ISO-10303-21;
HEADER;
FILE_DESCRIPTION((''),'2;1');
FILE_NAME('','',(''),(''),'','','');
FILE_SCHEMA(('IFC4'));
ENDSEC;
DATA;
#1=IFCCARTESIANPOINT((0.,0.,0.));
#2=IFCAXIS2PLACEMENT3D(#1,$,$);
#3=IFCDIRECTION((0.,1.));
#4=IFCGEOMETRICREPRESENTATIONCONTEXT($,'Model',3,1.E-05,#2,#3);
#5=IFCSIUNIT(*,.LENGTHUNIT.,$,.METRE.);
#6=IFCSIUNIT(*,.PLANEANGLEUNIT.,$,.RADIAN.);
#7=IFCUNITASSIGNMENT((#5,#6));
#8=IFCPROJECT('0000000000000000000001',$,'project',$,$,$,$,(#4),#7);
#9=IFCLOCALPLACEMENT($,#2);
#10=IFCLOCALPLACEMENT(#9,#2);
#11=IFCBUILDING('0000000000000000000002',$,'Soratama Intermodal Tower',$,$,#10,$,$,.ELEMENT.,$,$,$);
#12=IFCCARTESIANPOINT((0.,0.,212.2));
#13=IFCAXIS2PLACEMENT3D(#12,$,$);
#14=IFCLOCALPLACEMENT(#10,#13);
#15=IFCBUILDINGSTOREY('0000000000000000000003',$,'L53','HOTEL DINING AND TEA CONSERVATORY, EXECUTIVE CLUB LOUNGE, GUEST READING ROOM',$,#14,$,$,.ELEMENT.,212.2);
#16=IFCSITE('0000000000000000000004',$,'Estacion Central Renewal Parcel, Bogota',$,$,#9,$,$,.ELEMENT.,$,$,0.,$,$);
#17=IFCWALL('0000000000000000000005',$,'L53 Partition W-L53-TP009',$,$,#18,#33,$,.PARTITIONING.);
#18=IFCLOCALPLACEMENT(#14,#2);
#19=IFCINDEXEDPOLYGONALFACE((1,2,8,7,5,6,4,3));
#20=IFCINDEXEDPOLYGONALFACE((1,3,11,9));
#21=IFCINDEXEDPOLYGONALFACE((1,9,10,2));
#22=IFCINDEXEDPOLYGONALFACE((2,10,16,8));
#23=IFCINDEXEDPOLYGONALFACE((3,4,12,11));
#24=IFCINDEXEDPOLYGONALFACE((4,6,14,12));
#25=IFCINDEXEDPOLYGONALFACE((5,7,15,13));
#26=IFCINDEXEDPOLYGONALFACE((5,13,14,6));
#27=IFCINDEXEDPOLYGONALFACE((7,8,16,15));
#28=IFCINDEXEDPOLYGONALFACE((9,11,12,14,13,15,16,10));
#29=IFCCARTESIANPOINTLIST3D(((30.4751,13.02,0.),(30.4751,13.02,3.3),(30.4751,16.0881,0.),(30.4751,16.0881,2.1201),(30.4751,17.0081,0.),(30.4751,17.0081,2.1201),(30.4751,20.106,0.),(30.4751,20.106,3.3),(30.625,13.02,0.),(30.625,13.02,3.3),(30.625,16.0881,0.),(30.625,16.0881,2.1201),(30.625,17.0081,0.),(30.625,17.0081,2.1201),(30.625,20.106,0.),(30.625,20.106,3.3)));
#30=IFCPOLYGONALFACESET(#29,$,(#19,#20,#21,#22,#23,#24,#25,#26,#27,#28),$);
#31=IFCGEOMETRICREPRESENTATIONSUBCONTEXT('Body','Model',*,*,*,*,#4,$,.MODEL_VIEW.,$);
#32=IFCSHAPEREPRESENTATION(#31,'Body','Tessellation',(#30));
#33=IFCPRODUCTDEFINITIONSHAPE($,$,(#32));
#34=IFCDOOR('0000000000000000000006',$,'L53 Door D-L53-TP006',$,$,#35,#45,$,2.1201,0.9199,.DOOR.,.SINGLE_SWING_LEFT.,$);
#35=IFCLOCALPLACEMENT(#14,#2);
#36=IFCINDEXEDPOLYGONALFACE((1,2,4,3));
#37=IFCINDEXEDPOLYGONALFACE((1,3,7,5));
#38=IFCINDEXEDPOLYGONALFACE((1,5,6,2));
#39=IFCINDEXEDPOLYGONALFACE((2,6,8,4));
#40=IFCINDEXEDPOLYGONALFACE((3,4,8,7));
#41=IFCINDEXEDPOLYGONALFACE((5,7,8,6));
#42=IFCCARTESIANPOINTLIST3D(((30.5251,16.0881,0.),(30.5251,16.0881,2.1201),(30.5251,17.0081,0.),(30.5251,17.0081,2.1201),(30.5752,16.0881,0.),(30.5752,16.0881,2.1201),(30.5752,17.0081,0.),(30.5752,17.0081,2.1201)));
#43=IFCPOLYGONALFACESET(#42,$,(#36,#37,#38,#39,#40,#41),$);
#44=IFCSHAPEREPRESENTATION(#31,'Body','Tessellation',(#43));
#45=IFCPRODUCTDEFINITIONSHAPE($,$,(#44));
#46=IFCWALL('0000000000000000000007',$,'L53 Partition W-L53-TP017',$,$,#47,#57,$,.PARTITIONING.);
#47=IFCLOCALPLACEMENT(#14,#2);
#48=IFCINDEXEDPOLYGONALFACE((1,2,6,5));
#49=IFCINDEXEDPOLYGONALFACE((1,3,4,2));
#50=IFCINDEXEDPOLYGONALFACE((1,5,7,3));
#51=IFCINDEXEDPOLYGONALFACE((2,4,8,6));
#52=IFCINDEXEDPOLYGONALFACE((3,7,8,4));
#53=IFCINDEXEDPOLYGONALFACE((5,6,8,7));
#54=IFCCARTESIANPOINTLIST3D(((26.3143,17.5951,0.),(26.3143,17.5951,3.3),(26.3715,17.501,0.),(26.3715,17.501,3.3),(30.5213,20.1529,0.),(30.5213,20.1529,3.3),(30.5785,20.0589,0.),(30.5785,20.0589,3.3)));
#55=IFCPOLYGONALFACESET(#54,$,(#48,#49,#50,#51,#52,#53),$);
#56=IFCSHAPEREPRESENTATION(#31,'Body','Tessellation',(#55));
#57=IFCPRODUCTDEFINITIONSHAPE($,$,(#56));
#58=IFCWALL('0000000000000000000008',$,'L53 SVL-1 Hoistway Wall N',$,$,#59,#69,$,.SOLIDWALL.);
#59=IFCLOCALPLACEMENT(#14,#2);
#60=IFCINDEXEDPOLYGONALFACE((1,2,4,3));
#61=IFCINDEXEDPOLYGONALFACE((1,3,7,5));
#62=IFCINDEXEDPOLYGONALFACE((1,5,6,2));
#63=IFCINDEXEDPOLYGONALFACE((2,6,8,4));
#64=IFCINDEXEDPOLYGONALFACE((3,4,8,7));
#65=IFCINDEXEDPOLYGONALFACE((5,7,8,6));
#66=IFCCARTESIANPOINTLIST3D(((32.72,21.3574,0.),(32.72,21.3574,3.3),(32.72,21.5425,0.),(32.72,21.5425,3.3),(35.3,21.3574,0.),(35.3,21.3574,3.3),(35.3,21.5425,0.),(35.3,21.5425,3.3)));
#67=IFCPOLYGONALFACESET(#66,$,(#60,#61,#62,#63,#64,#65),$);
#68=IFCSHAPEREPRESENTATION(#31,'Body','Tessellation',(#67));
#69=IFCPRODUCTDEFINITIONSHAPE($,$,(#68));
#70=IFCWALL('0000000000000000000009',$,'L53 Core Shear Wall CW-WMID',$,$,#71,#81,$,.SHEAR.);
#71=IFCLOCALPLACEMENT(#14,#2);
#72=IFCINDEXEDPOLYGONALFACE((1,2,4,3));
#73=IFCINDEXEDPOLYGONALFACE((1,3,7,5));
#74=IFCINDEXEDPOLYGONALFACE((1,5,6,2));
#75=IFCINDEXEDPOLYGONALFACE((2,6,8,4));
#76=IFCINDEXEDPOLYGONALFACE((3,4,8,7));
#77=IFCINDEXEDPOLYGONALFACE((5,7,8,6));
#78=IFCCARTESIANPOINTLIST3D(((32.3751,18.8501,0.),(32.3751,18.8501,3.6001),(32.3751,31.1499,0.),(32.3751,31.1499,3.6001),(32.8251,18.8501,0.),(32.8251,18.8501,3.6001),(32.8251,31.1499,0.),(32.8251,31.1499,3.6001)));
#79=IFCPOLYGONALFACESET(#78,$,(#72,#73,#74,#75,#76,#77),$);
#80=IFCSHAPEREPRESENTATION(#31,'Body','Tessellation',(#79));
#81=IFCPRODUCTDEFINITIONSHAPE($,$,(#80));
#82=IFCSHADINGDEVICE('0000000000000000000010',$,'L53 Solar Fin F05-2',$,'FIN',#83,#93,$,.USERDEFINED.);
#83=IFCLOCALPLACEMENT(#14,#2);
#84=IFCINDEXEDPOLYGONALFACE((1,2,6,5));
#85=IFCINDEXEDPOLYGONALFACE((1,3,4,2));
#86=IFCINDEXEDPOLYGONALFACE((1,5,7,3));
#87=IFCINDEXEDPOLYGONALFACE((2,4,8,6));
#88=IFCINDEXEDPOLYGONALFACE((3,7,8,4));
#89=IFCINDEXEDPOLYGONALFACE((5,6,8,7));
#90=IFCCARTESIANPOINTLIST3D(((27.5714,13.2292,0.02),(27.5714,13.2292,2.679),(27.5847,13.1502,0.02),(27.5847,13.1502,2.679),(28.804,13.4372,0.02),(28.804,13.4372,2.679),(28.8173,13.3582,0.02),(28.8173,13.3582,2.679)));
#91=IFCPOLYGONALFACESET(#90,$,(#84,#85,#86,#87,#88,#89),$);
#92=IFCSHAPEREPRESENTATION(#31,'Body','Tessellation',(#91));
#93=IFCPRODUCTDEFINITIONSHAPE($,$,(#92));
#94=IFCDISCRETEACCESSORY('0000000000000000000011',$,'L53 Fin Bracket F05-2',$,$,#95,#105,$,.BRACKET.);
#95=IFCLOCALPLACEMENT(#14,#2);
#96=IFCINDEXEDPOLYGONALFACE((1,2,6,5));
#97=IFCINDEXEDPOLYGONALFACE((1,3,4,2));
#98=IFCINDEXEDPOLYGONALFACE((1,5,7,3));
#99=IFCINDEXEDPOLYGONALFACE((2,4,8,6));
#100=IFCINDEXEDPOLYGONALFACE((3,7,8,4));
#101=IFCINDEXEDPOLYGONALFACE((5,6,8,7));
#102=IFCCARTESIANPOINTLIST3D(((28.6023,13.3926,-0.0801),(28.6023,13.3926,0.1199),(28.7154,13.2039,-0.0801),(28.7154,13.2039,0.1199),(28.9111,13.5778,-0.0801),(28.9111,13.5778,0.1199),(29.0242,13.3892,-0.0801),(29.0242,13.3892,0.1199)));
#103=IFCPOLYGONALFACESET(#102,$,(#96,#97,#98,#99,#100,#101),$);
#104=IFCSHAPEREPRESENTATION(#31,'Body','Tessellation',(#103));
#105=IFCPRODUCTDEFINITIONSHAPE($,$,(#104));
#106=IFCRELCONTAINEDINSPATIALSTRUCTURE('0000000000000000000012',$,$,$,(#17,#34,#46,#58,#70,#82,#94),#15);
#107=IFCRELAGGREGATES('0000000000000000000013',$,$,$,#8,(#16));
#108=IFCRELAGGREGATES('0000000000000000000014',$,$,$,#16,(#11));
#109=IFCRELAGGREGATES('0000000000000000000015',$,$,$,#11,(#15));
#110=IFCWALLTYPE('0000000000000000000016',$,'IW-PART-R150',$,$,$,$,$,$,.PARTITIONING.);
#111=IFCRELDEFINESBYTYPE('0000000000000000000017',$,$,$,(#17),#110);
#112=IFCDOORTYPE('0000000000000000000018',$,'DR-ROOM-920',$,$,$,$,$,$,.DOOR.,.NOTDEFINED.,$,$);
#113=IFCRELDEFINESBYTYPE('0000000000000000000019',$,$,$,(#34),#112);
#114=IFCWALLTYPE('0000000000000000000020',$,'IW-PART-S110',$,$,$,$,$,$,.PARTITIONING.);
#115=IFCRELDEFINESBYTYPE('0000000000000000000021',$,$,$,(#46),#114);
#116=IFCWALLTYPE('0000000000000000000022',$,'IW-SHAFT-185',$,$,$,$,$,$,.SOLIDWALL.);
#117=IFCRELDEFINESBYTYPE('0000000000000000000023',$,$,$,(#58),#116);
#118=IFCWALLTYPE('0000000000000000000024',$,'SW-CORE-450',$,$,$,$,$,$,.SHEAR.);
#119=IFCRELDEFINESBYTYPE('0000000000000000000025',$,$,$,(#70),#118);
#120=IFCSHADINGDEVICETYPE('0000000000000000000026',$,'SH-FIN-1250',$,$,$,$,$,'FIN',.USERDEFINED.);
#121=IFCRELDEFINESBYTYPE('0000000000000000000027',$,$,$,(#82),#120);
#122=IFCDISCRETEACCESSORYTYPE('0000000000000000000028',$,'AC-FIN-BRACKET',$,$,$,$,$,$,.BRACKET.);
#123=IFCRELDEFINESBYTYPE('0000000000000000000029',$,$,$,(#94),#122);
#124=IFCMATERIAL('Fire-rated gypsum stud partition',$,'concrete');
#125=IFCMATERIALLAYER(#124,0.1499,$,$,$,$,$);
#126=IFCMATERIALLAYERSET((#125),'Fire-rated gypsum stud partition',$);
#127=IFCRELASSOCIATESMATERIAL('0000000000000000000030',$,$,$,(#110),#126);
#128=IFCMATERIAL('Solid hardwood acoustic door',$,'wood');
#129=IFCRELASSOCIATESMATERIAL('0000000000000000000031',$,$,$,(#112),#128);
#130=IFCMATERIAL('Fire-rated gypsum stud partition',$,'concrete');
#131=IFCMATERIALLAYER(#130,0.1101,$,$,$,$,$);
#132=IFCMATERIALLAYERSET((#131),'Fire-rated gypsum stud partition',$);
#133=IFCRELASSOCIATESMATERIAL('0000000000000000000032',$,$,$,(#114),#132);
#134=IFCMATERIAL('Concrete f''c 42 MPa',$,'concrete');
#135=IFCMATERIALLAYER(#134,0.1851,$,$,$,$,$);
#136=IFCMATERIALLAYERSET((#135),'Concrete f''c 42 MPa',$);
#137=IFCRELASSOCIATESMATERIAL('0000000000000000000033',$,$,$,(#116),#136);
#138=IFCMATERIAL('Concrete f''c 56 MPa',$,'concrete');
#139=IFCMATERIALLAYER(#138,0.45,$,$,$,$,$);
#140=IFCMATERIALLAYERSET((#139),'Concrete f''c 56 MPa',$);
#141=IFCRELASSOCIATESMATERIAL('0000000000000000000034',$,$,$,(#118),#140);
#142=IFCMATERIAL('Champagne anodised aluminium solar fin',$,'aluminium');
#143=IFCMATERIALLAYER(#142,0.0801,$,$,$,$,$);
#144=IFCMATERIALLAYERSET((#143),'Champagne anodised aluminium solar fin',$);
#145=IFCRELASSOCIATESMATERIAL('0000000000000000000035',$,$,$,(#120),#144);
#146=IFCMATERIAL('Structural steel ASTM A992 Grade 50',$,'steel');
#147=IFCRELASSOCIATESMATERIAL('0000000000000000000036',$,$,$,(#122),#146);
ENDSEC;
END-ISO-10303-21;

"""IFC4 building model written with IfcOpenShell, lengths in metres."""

from ifc_helpers import new_model, si_unit, direction, frame, frame_2d, origin, origin_2d, place, context, subcontext, project, spatial, rectangle, extrude, material, layer, layer_set, type_object, element, fill, save


model = new_model("IFC4")

# Units and contexts
model_context = context("Model", 3, precision=1e-05, world=origin(), true_north=direction((0.0, 1.0)))
body_context = subcontext(model_context, "Body", "Model", "MODEL_VIEW")
ifc_project = project(units=[si_unit("LENGTHUNIT", "METRE"), si_unit("PLANEANGLEUNIT", "RADIAN")], contexts=[model_context])

# Site, building, storey
site_placement = place(None, origin())
site = spatial("IfcSite", under=ifc_project, at=site_placement, Name="Estacion Central Renewal Parcel, Bogota", CompositionType="ELEMENT", RefElevation=0.0)
building_placement = place(site_placement, origin())
building = spatial("IfcBuilding", under=site, at=building_placement, Name="Soratama Intermodal Tower", CompositionType="ELEMENT")
storey_placement = place(building_placement, frame((0.0, 0.0, 212.2)))
storey = spatial("IfcBuildingStorey", under=building, at=storey_placement, Name="L53", Description="HOTEL DINING AND TEA CONSERVATORY, EXECUTIVE CLUB LOUNGE, GUEST READING ROOM", CompositionType="ELEMENT", Elevation=212.2)

# Wall, opening, door
ifc_material_1 = material(Name="Fire-rated gypsum stud partition", Category="concrete")
ifc_layer_1 = layer(ifc_material_1, 0.1499)
ifc_layer_set_1 = layer_set([ifc_layer_1], Name="Fire-rated gypsum stud partition")
wall_type_1 = type_object("IfcWallType", Name="IW-PART-R150", PredefinedType="PARTITIONING", material=ifc_layer_set_1)
ifc_material_2 = material(Name="Solid hardwood acoustic door", Category="wood")
door_type = type_object("IfcDoorType", Name="DR-ROOM-920", OperationType="NOTDEFINED", PredefinedType="DOOR", material=ifc_material_2)
wall_1_placement = place(storey_placement, frame((30.55, 13.02, 0.0), z_axis=(0.0, 0.0, 1.0), x_axis=(0.0, 1.0, 0.0)))
wall_1 = element("IfcWall", 1, at=wall_1_placement, inside=storey, type_object=wall_type_1, Name="L53 Partition W-L53-TP009", PredefinedType="PARTITIONING", context=body_context, shape_type="SweptSolid", body=[
    extrude(rectangle(XDim=7.0859, YDim=0.1499, at=frame_2d((3.543, 0.0))), origin(), (0.0, 0.0, 1.0), 3.3),
])
opening_1_placement = place(wall_1_placement, frame((3.0681, 0.0, 0.0)))
opening_1 = element("IfcOpeningElement", 2, at=opening_1_placement, cuts=wall_1, PredefinedType="OPENING", context=body_context, shape_type="SweptSolid", body=[
    extrude(rectangle(XDim=0.9199, YDim=2.1201, at=frame_2d((0.46, 1.0601))), frame((0.0, 0.085, 0.0), z_axis=(0.0, -1.0, 0.0), x_axis=(1.0, 0.0, 0.0)), (0.0, 0.0, 1.0), 0.1699),
])
door_1_placement = place(opening_1_placement, origin())
door_1 = element("IfcDoor", 3, at=door_1_placement, inside=storey, type_object=door_type, Name="L53 Door D-L53-TP006", OperationType="SINGLE_SWING_LEFT", OverallHeight=2.1201, OverallWidth=0.9199, PredefinedType="DOOR", context=body_context, shape_type="SweptSolid", body=[
    extrude(rectangle(XDim=0.9199, YDim=2.1201, at=frame_2d((0.46, 1.0601))), frame((0.0, 0.0249, 0.0), z_axis=(0.0, -1.0, 0.0), x_axis=(1.0, 0.0, 0.0)), (0.0, 0.0, 1.0), 0.05),
])
fill(opening_1, door_1)

# Walls
ifc_material_3 = material(Name="Fire-rated gypsum stud partition", Category="concrete")
ifc_layer_2 = layer(ifc_material_3, 0.1101)
ifc_layer_set_2 = layer_set([ifc_layer_2], Name="Fire-rated gypsum stud partition")
wall_type_2 = type_object("IfcWallType", Name="IW-PART-S110", PredefinedType="PARTITIONING", material=ifc_layer_set_2)
wall_2_placement = place(storey_placement, frame((30.55, 20.106, 0.0), z_axis=(0.0, 0.0, 1.0), x_axis=(-0.854464, -0.519511, 0.0)))
element("IfcWall", 4, at=wall_2_placement, inside=storey, type_object=wall_type_2, Name="L53 Partition W-L53-TP017", PredefinedType="PARTITIONING", context=body_context, shape_type="SweptSolid", body=[
    extrude(rectangle(XDim=4.9236, YDim=0.1101, at=frame_2d((2.4619, 0.0))), origin(), (0.0, 0.0, 1.0), 3.3),
])
ifc_material_4 = material(Name="Concrete f'c 42 MPa", Category="concrete")
ifc_layer_3 = layer(ifc_material_4, 0.1851)
ifc_layer_set_3 = layer_set([ifc_layer_3], Name="Concrete f'c 42 MPa")
wall_type_3 = type_object("IfcWallType", Name="IW-SHAFT-185", PredefinedType="SOLIDWALL", material=ifc_layer_set_3)
wall_3_placement = place(storey_placement, frame((32.72, 21.45, 0.0), z_axis=(0.0, 0.0, 1.0), x_axis=(1.0, 0.0, 0.0)))
element("IfcWall", 5, at=wall_3_placement, inside=storey, type_object=wall_type_3, Name="L53 SVL-1 Hoistway Wall N", PredefinedType="SOLIDWALL", context=body_context, shape_type="SweptSolid", body=[
    extrude(rectangle(XDim=2.5801, YDim=0.1851, at=frame_2d((1.29, 0.0))), origin(), (0.0, 0.0, 1.0), 3.3),
])
ifc_material_5 = material(Name="Concrete f'c 56 MPa", Category="concrete")
ifc_layer_4 = layer(ifc_material_5, 0.45)
ifc_layer_set_4 = layer_set([ifc_layer_4], Name="Concrete f'c 56 MPa")
wall_type_4 = type_object("IfcWallType", Name="SW-CORE-450", PredefinedType="SHEAR", material=ifc_layer_set_4)
wall_4_placement = place(storey_placement, frame((32.6001, 18.8501, 0.0), z_axis=(0.0, 0.0, 1.0), x_axis=(0.0, 1.0, 0.0)))
element("IfcWall", 6, at=wall_4_placement, inside=storey, type_object=wall_type_4, Name="L53 Core Shear Wall CW-WMID", PredefinedType="SHEAR", context=body_context, shape_type="SweptSolid", body=[
    extrude(rectangle(XDim=12.2998, YDim=0.45, at=frame_2d((6.1499, 0.0))), origin(), (0.0, 0.0, 1.0), 3.6001),
])

# Shading device
ifc_material_6 = material(Name="Champagne anodised aluminium solar fin", Category="aluminium")
ifc_layer_5 = layer(ifc_material_6, 0.0801)
ifc_layer_set_5 = layer_set([ifc_layer_5], Name="Champagne anodised aluminium solar fin")
shading_device_type = type_object("IfcShadingDeviceType", Name="SH-FIN-1250", ElementType="FIN", PredefinedType="USERDEFINED", material=ifc_layer_set_5)
shading_device_placement = place(storey_placement, frame((28.1943, 13.2937, 0.02), z_axis=(0.0, 0.0, 1.0), x_axis=(-0.986054, -0.166425, 0.0)))
element("IfcShadingDevice", 7, at=shading_device_placement, inside=storey, type_object=shading_device_type, Name="L53 Solar Fin F05-2", ObjectType="FIN", PredefinedType="USERDEFINED", context=body_context, shape_type="SweptSolid", body=[
    extrude(rectangle(XDim=1.25, YDim=0.0801, at=origin_2d()), origin(), (0.0, 0.0, 1.0), 2.6589),
])

# Discrete accessory
ifc_material_7 = material(Name="Structural steel ASTM A992 Grade 50", Category="steel")
discrete_accessory_type = type_object("IfcDiscreteAccessoryType", Name="AC-FIN-BRACKET", PredefinedType="BRACKET", material=ifc_material_7)
discrete_accessory_placement = place(storey_placement, frame((28.8132, 13.3909, -0.0801), z_axis=(0.0, 0.0, 1.0), x_axis=(-0.857527, -0.51444, 0.0)))
element("IfcDiscreteAccessory", 8, at=discrete_accessory_placement, inside=storey, type_object=discrete_accessory_type, Name="L53 Fin Bracket F05-2", PredefinedType="BRACKET", context=body_context, shape_type="SweptSolid", body=[
    extrude(rectangle(XDim=0.3601, YDim=0.22, at=origin_2d()), origin(), (0.0, 0.0, 1.0), 0.2),
])

save(model, "model.ifc")
